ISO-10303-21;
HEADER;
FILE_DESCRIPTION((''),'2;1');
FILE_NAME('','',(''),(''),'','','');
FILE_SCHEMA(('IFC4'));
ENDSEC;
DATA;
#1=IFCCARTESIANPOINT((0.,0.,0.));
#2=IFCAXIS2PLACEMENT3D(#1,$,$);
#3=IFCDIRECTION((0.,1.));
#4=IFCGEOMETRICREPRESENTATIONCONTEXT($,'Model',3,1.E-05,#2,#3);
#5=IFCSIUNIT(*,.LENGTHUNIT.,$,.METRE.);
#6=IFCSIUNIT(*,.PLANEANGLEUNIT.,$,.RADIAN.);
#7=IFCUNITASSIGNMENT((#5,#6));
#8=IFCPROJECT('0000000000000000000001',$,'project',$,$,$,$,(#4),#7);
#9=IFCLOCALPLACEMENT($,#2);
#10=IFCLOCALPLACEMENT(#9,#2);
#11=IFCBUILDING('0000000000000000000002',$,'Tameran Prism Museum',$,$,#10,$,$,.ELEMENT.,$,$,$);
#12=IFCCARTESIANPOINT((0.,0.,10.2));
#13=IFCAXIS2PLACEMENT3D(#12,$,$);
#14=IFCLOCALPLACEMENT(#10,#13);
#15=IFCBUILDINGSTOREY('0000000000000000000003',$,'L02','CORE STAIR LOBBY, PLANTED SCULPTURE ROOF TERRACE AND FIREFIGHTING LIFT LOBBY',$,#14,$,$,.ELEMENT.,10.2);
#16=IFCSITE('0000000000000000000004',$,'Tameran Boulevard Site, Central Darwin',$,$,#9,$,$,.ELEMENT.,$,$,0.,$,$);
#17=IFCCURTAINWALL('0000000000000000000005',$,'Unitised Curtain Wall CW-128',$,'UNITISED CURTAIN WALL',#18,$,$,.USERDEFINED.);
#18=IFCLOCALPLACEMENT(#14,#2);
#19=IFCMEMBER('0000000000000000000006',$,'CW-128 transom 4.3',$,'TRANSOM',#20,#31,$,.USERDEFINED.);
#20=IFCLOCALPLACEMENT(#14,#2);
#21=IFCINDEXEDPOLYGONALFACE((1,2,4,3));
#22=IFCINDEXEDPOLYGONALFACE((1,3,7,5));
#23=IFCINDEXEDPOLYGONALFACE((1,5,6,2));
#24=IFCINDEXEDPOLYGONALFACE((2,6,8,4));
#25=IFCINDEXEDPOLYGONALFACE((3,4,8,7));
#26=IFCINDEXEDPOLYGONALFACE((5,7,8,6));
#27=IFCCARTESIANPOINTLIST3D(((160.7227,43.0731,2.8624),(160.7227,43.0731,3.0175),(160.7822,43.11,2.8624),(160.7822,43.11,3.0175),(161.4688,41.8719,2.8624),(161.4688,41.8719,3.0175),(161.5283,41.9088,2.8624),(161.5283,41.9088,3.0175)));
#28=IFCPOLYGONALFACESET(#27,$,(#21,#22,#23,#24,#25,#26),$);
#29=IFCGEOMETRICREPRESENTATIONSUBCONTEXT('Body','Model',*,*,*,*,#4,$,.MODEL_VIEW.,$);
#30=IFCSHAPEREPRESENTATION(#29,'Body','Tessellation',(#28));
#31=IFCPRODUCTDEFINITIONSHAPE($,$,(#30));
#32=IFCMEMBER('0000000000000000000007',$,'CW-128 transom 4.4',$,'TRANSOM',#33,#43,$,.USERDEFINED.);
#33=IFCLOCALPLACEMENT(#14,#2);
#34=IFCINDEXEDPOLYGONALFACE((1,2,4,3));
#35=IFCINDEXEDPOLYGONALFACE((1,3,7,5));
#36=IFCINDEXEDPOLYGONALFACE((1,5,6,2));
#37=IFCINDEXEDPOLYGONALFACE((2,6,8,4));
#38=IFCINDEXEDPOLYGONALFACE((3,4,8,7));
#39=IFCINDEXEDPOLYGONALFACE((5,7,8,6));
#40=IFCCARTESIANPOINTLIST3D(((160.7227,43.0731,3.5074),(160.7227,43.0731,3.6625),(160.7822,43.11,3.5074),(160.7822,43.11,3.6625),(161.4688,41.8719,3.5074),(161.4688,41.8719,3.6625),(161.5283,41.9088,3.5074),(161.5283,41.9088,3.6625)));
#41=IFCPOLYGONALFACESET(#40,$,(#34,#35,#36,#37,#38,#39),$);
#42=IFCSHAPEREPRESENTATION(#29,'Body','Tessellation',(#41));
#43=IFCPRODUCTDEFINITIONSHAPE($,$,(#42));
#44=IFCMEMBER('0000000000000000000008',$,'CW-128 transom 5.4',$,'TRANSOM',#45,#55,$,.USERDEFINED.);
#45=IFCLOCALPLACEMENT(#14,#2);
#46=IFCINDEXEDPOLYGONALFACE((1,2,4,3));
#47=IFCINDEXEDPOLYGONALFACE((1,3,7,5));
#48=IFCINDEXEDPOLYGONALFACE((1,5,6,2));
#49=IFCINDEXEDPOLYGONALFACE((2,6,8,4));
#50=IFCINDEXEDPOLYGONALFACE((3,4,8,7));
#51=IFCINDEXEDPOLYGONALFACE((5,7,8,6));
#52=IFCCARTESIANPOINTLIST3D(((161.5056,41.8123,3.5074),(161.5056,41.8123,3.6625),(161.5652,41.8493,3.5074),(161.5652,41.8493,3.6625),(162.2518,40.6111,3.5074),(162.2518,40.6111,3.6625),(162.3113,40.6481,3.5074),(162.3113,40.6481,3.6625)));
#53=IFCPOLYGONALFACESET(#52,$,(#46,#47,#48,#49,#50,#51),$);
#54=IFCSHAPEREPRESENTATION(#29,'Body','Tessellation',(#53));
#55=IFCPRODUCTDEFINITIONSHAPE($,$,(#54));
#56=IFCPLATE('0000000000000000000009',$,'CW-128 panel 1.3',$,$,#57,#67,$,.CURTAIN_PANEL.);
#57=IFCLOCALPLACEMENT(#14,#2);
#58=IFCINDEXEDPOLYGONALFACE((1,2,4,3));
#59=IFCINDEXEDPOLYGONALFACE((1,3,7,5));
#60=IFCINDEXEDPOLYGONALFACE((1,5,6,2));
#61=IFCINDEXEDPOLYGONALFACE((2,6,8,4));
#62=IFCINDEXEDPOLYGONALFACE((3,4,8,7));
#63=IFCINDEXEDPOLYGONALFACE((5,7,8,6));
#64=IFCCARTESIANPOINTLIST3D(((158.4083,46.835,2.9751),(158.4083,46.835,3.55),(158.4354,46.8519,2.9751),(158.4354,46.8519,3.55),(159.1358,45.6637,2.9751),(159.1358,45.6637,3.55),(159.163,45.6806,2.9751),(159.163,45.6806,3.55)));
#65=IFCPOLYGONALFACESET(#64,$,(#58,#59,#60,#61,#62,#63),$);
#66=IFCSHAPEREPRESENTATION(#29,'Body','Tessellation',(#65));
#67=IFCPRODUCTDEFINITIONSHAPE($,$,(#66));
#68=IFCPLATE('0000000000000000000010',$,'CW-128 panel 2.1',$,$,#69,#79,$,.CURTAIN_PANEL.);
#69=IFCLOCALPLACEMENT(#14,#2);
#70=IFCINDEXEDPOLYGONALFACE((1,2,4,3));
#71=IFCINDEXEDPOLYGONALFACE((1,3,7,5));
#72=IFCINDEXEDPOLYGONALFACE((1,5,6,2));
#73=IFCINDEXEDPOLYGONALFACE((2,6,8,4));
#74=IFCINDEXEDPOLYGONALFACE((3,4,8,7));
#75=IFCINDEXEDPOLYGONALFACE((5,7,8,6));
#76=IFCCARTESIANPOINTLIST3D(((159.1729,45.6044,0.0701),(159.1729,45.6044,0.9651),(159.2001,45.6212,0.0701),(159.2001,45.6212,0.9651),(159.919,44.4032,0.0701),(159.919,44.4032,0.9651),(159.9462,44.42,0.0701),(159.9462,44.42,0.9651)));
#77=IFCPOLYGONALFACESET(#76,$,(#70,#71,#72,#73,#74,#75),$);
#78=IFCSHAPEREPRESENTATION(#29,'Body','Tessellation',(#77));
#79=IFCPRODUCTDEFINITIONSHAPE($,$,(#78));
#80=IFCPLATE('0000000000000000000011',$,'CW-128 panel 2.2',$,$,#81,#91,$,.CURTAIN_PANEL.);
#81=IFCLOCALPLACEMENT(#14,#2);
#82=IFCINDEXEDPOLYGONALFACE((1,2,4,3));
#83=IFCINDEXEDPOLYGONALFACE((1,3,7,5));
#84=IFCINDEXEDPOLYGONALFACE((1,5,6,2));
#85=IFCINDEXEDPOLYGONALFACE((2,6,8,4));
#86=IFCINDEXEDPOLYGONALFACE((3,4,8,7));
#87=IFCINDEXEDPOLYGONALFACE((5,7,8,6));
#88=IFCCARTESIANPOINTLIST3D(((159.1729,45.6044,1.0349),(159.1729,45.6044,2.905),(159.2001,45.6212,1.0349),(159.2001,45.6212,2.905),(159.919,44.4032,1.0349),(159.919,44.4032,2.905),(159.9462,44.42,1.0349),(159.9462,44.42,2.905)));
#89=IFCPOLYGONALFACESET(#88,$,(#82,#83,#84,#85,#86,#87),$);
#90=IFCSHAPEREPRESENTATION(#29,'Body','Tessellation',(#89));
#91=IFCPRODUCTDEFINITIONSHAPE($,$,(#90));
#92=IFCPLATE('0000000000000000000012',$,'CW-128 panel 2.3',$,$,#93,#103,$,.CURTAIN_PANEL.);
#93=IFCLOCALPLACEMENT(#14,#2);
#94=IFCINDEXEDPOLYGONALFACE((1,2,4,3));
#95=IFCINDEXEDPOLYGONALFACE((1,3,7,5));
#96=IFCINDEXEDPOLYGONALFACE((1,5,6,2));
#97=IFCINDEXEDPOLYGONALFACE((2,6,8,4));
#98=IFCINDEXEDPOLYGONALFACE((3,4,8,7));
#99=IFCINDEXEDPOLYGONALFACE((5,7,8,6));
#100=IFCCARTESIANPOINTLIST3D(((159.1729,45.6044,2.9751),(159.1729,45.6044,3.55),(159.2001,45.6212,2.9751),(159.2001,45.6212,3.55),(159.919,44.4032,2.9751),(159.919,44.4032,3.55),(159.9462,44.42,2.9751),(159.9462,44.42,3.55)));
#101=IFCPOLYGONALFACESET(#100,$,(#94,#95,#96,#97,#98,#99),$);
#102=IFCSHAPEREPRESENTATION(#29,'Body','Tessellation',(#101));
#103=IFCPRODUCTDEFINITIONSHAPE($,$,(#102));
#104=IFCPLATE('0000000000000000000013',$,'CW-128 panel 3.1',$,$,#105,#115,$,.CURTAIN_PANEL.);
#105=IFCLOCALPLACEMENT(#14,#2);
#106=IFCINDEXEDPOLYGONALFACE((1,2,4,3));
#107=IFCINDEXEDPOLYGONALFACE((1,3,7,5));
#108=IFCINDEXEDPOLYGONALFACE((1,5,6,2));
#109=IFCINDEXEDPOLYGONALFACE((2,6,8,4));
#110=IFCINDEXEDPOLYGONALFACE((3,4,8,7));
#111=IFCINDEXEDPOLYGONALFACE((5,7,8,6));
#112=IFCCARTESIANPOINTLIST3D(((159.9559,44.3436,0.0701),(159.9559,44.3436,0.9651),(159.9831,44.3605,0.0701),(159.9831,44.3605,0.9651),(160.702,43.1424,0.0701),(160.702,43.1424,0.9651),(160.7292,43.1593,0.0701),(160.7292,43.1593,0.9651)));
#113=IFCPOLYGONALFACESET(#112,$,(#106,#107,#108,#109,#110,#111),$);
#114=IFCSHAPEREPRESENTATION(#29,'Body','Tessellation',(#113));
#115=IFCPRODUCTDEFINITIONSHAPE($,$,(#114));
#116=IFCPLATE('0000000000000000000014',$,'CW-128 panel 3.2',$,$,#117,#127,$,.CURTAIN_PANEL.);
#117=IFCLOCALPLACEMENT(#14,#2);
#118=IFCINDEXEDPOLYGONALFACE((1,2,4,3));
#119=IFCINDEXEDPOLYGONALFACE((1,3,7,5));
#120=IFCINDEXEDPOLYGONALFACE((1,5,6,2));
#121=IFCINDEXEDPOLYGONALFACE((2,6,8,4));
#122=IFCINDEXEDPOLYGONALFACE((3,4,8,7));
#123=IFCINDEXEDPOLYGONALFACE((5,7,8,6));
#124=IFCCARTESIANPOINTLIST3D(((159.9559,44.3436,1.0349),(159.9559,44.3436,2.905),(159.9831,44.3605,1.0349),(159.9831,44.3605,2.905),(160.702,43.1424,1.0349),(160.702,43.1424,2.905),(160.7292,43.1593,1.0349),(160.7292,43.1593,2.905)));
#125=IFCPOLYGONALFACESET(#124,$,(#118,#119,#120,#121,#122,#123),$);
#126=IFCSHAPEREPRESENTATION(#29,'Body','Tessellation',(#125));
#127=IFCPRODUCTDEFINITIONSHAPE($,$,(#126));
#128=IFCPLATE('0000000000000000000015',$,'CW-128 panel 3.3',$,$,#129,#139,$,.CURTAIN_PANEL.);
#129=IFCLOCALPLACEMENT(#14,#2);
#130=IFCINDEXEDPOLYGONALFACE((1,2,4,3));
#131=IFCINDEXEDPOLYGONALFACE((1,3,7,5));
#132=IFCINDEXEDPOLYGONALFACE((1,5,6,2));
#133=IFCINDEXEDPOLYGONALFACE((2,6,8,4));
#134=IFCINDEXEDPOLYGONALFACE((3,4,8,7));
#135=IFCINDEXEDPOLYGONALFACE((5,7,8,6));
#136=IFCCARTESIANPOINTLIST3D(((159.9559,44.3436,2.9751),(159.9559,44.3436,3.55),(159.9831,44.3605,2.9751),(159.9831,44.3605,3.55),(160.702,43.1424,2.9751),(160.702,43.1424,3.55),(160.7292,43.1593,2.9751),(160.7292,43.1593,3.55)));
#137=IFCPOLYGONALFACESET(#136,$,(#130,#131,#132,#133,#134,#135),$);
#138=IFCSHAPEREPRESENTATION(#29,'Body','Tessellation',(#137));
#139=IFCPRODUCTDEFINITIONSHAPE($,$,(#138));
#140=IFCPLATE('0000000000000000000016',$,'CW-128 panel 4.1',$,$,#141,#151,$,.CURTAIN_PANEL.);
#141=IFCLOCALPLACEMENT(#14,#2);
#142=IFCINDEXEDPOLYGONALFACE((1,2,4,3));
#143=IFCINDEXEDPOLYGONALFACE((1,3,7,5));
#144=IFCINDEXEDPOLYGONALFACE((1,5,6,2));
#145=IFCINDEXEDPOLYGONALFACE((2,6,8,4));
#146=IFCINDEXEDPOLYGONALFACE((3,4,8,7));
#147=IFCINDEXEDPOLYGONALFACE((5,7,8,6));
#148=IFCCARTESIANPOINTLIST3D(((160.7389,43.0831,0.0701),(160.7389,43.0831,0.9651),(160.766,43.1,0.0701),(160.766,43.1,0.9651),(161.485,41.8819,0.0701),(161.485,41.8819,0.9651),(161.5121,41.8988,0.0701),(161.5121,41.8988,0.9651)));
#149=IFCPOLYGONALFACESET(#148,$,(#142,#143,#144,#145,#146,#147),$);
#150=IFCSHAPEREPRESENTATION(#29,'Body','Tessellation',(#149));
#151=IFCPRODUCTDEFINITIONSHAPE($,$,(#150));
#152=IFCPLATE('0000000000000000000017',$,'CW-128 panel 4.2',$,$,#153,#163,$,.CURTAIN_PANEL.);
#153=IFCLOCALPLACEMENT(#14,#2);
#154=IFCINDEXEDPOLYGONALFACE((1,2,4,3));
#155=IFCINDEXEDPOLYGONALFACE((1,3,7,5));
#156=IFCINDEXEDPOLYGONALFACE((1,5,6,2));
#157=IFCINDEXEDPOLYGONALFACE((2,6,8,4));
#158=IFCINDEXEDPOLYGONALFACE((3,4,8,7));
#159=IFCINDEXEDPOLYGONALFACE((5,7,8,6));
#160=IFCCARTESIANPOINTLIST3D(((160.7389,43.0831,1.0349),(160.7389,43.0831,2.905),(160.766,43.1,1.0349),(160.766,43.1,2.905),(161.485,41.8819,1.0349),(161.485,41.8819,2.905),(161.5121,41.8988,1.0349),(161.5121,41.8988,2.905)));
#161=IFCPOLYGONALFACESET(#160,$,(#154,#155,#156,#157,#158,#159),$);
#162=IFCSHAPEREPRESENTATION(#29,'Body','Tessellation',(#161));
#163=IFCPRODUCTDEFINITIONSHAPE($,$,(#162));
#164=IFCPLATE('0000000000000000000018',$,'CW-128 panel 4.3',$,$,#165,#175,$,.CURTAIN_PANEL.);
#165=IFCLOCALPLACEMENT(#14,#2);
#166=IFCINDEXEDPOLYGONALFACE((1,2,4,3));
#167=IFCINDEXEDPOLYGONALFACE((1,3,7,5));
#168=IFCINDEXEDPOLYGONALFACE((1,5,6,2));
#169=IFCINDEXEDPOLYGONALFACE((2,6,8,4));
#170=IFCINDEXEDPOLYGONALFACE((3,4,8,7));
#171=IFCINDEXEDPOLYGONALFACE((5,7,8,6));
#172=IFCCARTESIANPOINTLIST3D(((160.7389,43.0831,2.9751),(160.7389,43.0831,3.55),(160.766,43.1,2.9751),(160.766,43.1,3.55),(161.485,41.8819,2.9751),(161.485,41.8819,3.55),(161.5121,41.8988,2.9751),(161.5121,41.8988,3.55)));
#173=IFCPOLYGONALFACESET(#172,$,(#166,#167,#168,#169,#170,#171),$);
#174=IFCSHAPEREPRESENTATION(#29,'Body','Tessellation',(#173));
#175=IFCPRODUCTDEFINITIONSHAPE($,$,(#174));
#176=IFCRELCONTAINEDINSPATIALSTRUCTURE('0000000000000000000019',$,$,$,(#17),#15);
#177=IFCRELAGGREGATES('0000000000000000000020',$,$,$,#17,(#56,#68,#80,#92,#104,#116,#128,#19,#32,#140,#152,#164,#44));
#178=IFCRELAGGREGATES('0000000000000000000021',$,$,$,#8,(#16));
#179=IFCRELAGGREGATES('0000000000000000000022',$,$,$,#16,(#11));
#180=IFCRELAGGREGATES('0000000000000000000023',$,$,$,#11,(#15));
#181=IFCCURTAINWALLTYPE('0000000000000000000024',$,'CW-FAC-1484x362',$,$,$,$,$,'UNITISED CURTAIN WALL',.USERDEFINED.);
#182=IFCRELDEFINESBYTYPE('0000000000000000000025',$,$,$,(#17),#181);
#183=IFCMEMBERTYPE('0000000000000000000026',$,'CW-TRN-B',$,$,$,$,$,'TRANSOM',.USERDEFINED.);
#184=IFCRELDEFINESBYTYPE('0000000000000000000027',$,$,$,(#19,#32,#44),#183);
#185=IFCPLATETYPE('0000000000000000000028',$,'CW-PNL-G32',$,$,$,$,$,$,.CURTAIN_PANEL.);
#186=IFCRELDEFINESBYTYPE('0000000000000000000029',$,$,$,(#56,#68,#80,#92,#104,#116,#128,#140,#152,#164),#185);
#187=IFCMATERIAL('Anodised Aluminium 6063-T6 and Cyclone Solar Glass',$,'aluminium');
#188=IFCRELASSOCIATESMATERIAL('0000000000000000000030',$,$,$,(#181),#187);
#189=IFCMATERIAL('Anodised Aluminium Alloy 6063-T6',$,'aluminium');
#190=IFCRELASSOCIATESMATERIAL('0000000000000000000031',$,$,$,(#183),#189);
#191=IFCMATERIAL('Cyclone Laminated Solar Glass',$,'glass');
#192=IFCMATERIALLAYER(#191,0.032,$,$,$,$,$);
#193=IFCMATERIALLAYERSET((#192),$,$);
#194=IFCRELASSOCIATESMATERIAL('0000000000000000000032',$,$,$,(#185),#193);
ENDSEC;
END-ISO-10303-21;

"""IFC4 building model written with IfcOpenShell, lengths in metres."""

from ifc_helpers import new_model, si_unit, direction, frame, origin, origin_2d, place, context, subcontext, project, spatial, rectangle, extrude, material, layer, layer_set, material_profile, profile_set, type_object, element, aggregate, save


model = new_model("IFC4")

# Units and contexts
model_context = context("Model", 3, precision=1e-05, world=origin(), true_north=direction((0.0, 1.0)))
body_context = subcontext(model_context, "Body", "Model", "MODEL_VIEW")
ifc_project = project(units=[si_unit("LENGTHUNIT", "METRE"), si_unit("PLANEANGLEUNIT", "RADIAN")], contexts=[model_context])

# Site, building, storey
site_placement = place(None, origin())
site = spatial("IfcSite", under=ifc_project, at=site_placement, Name="Tameran Boulevard Site, Central Darwin", CompositionType="ELEMENT", RefElevation=0.0)
building_placement = place(site_placement, origin())
building = spatial("IfcBuilding", under=site, at=building_placement, Name="Tameran Prism Museum", CompositionType="ELEMENT")
storey_placement = place(building_placement, frame((0.0, 0.0, 10.2)))
storey = spatial("IfcBuildingStorey", under=building, at=storey_placement, Name="L02", Description="CORE STAIR LOBBY, PLANTED SCULPTURE ROOF TERRACE AND FIREFIGHTING LIFT LOBBY", CompositionType="ELEMENT", Elevation=10.2)

# Curtain wall, members, plates
ifc_material_1 = material(Name="Anodised Aluminium 6063-T6 and Cyclone Solar Glass", Category="aluminium")
curtain_wall_type = type_object("IfcCurtainWallType", Name="CW-FAC-1484x362", ElementType="UNITISED CURTAIN WALL", PredefinedType="USERDEFINED", material=ifc_material_1)
curtain_wall_placement = place(storey_placement, origin())
curtain_wall = element("IfcCurtainWall", 1, at=curtain_wall_placement, inside=storey, type_object=curtain_wall_type, Name="Unitised Curtain Wall CW-128", ObjectType="UNITISED CURTAIN WALL", PredefinedType="USERDEFINED")
ifc_material_2 = material(Name="Anodised Aluminium Alloy 6063-T6", Category="aluminium")
ifc_material_profile_1 = material_profile(ifc_material_2, rectangle(XDim=0.0701, YDim=0.155, at=origin_2d()))
ifc_profile_set_1 = profile_set([ifc_material_profile_1])
member_type_1 = type_object("IfcMemberType", Name="CW-TRN-B", ElementType="TRANSOM", PredefinedType="USERDEFINED", material=ifc_profile_set_1)
member_1_placement = place(storey_placement, frame((160.7524, 43.0916, 2.9399), z_axis=(0.527638, -0.849469, 0.0), x_axis=(0.849469, 0.527638, 0.0)))
member_1 = element("IfcMember", 2, at=member_1_placement, type_object=member_type_1, Name="CW-128 transom 4.3", ObjectType="TRANSOM", PredefinedType="USERDEFINED", context=body_context, shape_type="SweptSolid", body=[
    extrude(rectangle(XDim=0.0701, YDim=0.155, at=origin_2d()), origin(), (0.0, 0.0, 1.0), 1.4141),
])
member_2_placement = place(storey_placement, frame((160.7524, 43.0916, 3.585), z_axis=(0.527638, -0.849469, 0.0), x_axis=(0.849469, 0.527638, 0.0)))
member_2 = element("IfcMember", 3, at=member_2_placement, type_object=member_type_1, Name="CW-128 transom 4.4", ObjectType="TRANSOM", PredefinedType="USERDEFINED", context=body_context, shape_type="SweptSolid", body=[
    extrude(rectangle(XDim=0.0701, YDim=0.155, at=origin_2d()), origin(), (0.0, 0.0, 1.0), 1.4141),
])
member_3_placement = place(storey_placement, frame((161.5354, 41.8308, 3.585), z_axis=(0.527638, -0.849469, 0.0), x_axis=(0.849469, 0.527638, 0.0)))
member_3 = element("IfcMember", 4, at=member_3_placement, type_object=member_type_1, Name="CW-128 transom 5.4", ObjectType="TRANSOM", PredefinedType="USERDEFINED", context=body_context, shape_type="SweptSolid", body=[
    extrude(rectangle(XDim=0.0701, YDim=0.155, at=origin_2d()), origin(), (0.0, 0.0, 1.0), 1.4141),
])
ifc_material_3 = material(Name="Cyclone Laminated Solar Glass", Category="glass")
ifc_layer = layer(ifc_material_3, 0.032)
ifc_layer_set = layer_set([ifc_layer])
plate_type = type_object("IfcPlateType", Name="CW-PNL-G32", PredefinedType="CURTAIN_PANEL", material=ifc_layer_set)
plate_1_placement = place(storey_placement, frame((158.7856, 46.2578, 2.9751), z_axis=(0.0, 0.0, 1.0), x_axis=(0.527635, -0.849471, 0.0)))
plate_1 = element("IfcPlate", 5, at=plate_1_placement, type_object=plate_type, Name="CW-128 panel 1.3", PredefinedType="CURTAIN_PANEL", context=body_context, shape_type="SweptSolid", body=[
    extrude(rectangle(XDim=1.3789, YDim=0.032, at=origin_2d()), origin(), (0.0, 0.0, 1.0), 0.575),
])
plate_2_placement = place(storey_placement, frame((159.5596, 45.0122, 0.0701), z_axis=(0.0, 0.0, 1.0), x_axis=(0.527635, -0.849471, 0.0)))
plate_2 = element("IfcPlate", 6, at=plate_2_placement, type_object=plate_type, Name="CW-128 panel 2.1", PredefinedType="CURTAIN_PANEL", context=body_context, shape_type="SweptSolid", body=[
    extrude(rectangle(XDim=1.4141, YDim=0.032, at=origin_2d()), origin(), (0.0, 0.0, 1.0), 0.895),
])
plate_3_placement = place(storey_placement, frame((159.5596, 45.0122, 1.0349), z_axis=(0.0, 0.0, 1.0), x_axis=(0.527635, -0.849471, 0.0)))
plate_3 = element("IfcPlate", 7, at=plate_3_placement, type_object=plate_type, Name="CW-128 panel 2.2", PredefinedType="CURTAIN_PANEL", context=body_context, shape_type="SweptSolid", body=[
    extrude(rectangle(XDim=1.4141, YDim=0.032, at=origin_2d()), origin(), (0.0, 0.0, 1.0), 1.8701),
])
plate_4_placement = place(storey_placement, frame((159.5596, 45.0122, 2.9751), z_axis=(0.0, 0.0, 1.0), x_axis=(0.527635, -0.849471, 0.0)))
plate_4 = element("IfcPlate", 8, at=plate_4_placement, type_object=plate_type, Name="CW-128 panel 2.3", PredefinedType="CURTAIN_PANEL", context=body_context, shape_type="SweptSolid", body=[
    extrude(rectangle(XDim=1.4141, YDim=0.032, at=origin_2d()), origin(), (0.0, 0.0, 1.0), 0.575),
])
plate_5_placement = place(storey_placement, frame((160.3425, 43.7515, 0.0701), z_axis=(0.0, 0.0, 1.0), x_axis=(0.527635, -0.849471, 0.0)))
plate_5 = element("IfcPlate", 9, at=plate_5_placement, type_object=plate_type, Name="CW-128 panel 3.1", PredefinedType="CURTAIN_PANEL", context=body_context, shape_type="SweptSolid", body=[
    extrude(rectangle(XDim=1.4141, YDim=0.032, at=origin_2d()), origin(), (0.0, 0.0, 1.0), 0.895),
])
plate_6_placement = place(storey_placement, frame((160.3425, 43.7515, 1.0349), z_axis=(0.0, 0.0, 1.0), x_axis=(0.527635, -0.849471, 0.0)))
plate_6 = element("IfcPlate", 10, at=plate_6_placement, type_object=plate_type, Name="CW-128 panel 3.2", PredefinedType="CURTAIN_PANEL", context=body_context, shape_type="SweptSolid", body=[
    extrude(rectangle(XDim=1.4141, YDim=0.032, at=origin_2d()), origin(), (0.0, 0.0, 1.0), 1.8701),
])
plate_7_placement = place(storey_placement, frame((160.3425, 43.7515, 2.9751), z_axis=(0.0, 0.0, 1.0), x_axis=(0.527635, -0.849471, 0.0)))
plate_7 = element("IfcPlate", 11, at=plate_7_placement, type_object=plate_type, Name="CW-128 panel 3.3", PredefinedType="CURTAIN_PANEL", context=body_context, shape_type="SweptSolid", body=[
    extrude(rectangle(XDim=1.4141, YDim=0.032, at=origin_2d()), origin(), (0.0, 0.0, 1.0), 0.575),
])
plate_8_placement = place(storey_placement, frame((161.1255, 42.491, 0.0701), z_axis=(0.0, 0.0, 1.0), x_axis=(0.527635, -0.849471, 0.0)))
plate_8 = element("IfcPlate", 12, at=plate_8_placement, type_object=plate_type, Name="CW-128 panel 4.1", PredefinedType="CURTAIN_PANEL", context=body_context, shape_type="SweptSolid", body=[
    extrude(rectangle(XDim=1.4141, YDim=0.032, at=origin_2d()), origin(), (0.0, 0.0, 1.0), 0.895),
])
plate_9_placement = place(storey_placement, frame((161.1255, 42.491, 1.0349), z_axis=(0.0, 0.0, 1.0), x_axis=(0.527635, -0.849471, 0.0)))
plate_9 = element("IfcPlate", 13, at=plate_9_placement, type_object=plate_type, Name="CW-128 panel 4.2", PredefinedType="CURTAIN_PANEL", context=body_context, shape_type="SweptSolid", body=[
    extrude(rectangle(XDim=1.4141, YDim=0.032, at=origin_2d()), origin(), (0.0, 0.0, 1.0), 1.8701),
])
plate_10_placement = place(storey_placement, frame((161.1255, 42.491, 2.9751), z_axis=(0.0, 0.0, 1.0), x_axis=(0.527635, -0.849471, 0.0)))
plate_10 = element("IfcPlate", 14, at=plate_10_placement, type_object=plate_type, Name="CW-128 panel 4.3", PredefinedType="CURTAIN_PANEL", context=body_context, shape_type="SweptSolid", body=[
    extrude(rectangle(XDim=1.4141, YDim=0.032, at=origin_2d()), origin(), (0.0, 0.0, 1.0), 0.575),
])
aggregate(curtain_wall, [plate_1, plate_2, plate_3, plate_4, plate_5, plate_6, plate_7, member_1, member_2, plate_8, plate_9, plate_10, member_3])

save(model, "model.ifc")
